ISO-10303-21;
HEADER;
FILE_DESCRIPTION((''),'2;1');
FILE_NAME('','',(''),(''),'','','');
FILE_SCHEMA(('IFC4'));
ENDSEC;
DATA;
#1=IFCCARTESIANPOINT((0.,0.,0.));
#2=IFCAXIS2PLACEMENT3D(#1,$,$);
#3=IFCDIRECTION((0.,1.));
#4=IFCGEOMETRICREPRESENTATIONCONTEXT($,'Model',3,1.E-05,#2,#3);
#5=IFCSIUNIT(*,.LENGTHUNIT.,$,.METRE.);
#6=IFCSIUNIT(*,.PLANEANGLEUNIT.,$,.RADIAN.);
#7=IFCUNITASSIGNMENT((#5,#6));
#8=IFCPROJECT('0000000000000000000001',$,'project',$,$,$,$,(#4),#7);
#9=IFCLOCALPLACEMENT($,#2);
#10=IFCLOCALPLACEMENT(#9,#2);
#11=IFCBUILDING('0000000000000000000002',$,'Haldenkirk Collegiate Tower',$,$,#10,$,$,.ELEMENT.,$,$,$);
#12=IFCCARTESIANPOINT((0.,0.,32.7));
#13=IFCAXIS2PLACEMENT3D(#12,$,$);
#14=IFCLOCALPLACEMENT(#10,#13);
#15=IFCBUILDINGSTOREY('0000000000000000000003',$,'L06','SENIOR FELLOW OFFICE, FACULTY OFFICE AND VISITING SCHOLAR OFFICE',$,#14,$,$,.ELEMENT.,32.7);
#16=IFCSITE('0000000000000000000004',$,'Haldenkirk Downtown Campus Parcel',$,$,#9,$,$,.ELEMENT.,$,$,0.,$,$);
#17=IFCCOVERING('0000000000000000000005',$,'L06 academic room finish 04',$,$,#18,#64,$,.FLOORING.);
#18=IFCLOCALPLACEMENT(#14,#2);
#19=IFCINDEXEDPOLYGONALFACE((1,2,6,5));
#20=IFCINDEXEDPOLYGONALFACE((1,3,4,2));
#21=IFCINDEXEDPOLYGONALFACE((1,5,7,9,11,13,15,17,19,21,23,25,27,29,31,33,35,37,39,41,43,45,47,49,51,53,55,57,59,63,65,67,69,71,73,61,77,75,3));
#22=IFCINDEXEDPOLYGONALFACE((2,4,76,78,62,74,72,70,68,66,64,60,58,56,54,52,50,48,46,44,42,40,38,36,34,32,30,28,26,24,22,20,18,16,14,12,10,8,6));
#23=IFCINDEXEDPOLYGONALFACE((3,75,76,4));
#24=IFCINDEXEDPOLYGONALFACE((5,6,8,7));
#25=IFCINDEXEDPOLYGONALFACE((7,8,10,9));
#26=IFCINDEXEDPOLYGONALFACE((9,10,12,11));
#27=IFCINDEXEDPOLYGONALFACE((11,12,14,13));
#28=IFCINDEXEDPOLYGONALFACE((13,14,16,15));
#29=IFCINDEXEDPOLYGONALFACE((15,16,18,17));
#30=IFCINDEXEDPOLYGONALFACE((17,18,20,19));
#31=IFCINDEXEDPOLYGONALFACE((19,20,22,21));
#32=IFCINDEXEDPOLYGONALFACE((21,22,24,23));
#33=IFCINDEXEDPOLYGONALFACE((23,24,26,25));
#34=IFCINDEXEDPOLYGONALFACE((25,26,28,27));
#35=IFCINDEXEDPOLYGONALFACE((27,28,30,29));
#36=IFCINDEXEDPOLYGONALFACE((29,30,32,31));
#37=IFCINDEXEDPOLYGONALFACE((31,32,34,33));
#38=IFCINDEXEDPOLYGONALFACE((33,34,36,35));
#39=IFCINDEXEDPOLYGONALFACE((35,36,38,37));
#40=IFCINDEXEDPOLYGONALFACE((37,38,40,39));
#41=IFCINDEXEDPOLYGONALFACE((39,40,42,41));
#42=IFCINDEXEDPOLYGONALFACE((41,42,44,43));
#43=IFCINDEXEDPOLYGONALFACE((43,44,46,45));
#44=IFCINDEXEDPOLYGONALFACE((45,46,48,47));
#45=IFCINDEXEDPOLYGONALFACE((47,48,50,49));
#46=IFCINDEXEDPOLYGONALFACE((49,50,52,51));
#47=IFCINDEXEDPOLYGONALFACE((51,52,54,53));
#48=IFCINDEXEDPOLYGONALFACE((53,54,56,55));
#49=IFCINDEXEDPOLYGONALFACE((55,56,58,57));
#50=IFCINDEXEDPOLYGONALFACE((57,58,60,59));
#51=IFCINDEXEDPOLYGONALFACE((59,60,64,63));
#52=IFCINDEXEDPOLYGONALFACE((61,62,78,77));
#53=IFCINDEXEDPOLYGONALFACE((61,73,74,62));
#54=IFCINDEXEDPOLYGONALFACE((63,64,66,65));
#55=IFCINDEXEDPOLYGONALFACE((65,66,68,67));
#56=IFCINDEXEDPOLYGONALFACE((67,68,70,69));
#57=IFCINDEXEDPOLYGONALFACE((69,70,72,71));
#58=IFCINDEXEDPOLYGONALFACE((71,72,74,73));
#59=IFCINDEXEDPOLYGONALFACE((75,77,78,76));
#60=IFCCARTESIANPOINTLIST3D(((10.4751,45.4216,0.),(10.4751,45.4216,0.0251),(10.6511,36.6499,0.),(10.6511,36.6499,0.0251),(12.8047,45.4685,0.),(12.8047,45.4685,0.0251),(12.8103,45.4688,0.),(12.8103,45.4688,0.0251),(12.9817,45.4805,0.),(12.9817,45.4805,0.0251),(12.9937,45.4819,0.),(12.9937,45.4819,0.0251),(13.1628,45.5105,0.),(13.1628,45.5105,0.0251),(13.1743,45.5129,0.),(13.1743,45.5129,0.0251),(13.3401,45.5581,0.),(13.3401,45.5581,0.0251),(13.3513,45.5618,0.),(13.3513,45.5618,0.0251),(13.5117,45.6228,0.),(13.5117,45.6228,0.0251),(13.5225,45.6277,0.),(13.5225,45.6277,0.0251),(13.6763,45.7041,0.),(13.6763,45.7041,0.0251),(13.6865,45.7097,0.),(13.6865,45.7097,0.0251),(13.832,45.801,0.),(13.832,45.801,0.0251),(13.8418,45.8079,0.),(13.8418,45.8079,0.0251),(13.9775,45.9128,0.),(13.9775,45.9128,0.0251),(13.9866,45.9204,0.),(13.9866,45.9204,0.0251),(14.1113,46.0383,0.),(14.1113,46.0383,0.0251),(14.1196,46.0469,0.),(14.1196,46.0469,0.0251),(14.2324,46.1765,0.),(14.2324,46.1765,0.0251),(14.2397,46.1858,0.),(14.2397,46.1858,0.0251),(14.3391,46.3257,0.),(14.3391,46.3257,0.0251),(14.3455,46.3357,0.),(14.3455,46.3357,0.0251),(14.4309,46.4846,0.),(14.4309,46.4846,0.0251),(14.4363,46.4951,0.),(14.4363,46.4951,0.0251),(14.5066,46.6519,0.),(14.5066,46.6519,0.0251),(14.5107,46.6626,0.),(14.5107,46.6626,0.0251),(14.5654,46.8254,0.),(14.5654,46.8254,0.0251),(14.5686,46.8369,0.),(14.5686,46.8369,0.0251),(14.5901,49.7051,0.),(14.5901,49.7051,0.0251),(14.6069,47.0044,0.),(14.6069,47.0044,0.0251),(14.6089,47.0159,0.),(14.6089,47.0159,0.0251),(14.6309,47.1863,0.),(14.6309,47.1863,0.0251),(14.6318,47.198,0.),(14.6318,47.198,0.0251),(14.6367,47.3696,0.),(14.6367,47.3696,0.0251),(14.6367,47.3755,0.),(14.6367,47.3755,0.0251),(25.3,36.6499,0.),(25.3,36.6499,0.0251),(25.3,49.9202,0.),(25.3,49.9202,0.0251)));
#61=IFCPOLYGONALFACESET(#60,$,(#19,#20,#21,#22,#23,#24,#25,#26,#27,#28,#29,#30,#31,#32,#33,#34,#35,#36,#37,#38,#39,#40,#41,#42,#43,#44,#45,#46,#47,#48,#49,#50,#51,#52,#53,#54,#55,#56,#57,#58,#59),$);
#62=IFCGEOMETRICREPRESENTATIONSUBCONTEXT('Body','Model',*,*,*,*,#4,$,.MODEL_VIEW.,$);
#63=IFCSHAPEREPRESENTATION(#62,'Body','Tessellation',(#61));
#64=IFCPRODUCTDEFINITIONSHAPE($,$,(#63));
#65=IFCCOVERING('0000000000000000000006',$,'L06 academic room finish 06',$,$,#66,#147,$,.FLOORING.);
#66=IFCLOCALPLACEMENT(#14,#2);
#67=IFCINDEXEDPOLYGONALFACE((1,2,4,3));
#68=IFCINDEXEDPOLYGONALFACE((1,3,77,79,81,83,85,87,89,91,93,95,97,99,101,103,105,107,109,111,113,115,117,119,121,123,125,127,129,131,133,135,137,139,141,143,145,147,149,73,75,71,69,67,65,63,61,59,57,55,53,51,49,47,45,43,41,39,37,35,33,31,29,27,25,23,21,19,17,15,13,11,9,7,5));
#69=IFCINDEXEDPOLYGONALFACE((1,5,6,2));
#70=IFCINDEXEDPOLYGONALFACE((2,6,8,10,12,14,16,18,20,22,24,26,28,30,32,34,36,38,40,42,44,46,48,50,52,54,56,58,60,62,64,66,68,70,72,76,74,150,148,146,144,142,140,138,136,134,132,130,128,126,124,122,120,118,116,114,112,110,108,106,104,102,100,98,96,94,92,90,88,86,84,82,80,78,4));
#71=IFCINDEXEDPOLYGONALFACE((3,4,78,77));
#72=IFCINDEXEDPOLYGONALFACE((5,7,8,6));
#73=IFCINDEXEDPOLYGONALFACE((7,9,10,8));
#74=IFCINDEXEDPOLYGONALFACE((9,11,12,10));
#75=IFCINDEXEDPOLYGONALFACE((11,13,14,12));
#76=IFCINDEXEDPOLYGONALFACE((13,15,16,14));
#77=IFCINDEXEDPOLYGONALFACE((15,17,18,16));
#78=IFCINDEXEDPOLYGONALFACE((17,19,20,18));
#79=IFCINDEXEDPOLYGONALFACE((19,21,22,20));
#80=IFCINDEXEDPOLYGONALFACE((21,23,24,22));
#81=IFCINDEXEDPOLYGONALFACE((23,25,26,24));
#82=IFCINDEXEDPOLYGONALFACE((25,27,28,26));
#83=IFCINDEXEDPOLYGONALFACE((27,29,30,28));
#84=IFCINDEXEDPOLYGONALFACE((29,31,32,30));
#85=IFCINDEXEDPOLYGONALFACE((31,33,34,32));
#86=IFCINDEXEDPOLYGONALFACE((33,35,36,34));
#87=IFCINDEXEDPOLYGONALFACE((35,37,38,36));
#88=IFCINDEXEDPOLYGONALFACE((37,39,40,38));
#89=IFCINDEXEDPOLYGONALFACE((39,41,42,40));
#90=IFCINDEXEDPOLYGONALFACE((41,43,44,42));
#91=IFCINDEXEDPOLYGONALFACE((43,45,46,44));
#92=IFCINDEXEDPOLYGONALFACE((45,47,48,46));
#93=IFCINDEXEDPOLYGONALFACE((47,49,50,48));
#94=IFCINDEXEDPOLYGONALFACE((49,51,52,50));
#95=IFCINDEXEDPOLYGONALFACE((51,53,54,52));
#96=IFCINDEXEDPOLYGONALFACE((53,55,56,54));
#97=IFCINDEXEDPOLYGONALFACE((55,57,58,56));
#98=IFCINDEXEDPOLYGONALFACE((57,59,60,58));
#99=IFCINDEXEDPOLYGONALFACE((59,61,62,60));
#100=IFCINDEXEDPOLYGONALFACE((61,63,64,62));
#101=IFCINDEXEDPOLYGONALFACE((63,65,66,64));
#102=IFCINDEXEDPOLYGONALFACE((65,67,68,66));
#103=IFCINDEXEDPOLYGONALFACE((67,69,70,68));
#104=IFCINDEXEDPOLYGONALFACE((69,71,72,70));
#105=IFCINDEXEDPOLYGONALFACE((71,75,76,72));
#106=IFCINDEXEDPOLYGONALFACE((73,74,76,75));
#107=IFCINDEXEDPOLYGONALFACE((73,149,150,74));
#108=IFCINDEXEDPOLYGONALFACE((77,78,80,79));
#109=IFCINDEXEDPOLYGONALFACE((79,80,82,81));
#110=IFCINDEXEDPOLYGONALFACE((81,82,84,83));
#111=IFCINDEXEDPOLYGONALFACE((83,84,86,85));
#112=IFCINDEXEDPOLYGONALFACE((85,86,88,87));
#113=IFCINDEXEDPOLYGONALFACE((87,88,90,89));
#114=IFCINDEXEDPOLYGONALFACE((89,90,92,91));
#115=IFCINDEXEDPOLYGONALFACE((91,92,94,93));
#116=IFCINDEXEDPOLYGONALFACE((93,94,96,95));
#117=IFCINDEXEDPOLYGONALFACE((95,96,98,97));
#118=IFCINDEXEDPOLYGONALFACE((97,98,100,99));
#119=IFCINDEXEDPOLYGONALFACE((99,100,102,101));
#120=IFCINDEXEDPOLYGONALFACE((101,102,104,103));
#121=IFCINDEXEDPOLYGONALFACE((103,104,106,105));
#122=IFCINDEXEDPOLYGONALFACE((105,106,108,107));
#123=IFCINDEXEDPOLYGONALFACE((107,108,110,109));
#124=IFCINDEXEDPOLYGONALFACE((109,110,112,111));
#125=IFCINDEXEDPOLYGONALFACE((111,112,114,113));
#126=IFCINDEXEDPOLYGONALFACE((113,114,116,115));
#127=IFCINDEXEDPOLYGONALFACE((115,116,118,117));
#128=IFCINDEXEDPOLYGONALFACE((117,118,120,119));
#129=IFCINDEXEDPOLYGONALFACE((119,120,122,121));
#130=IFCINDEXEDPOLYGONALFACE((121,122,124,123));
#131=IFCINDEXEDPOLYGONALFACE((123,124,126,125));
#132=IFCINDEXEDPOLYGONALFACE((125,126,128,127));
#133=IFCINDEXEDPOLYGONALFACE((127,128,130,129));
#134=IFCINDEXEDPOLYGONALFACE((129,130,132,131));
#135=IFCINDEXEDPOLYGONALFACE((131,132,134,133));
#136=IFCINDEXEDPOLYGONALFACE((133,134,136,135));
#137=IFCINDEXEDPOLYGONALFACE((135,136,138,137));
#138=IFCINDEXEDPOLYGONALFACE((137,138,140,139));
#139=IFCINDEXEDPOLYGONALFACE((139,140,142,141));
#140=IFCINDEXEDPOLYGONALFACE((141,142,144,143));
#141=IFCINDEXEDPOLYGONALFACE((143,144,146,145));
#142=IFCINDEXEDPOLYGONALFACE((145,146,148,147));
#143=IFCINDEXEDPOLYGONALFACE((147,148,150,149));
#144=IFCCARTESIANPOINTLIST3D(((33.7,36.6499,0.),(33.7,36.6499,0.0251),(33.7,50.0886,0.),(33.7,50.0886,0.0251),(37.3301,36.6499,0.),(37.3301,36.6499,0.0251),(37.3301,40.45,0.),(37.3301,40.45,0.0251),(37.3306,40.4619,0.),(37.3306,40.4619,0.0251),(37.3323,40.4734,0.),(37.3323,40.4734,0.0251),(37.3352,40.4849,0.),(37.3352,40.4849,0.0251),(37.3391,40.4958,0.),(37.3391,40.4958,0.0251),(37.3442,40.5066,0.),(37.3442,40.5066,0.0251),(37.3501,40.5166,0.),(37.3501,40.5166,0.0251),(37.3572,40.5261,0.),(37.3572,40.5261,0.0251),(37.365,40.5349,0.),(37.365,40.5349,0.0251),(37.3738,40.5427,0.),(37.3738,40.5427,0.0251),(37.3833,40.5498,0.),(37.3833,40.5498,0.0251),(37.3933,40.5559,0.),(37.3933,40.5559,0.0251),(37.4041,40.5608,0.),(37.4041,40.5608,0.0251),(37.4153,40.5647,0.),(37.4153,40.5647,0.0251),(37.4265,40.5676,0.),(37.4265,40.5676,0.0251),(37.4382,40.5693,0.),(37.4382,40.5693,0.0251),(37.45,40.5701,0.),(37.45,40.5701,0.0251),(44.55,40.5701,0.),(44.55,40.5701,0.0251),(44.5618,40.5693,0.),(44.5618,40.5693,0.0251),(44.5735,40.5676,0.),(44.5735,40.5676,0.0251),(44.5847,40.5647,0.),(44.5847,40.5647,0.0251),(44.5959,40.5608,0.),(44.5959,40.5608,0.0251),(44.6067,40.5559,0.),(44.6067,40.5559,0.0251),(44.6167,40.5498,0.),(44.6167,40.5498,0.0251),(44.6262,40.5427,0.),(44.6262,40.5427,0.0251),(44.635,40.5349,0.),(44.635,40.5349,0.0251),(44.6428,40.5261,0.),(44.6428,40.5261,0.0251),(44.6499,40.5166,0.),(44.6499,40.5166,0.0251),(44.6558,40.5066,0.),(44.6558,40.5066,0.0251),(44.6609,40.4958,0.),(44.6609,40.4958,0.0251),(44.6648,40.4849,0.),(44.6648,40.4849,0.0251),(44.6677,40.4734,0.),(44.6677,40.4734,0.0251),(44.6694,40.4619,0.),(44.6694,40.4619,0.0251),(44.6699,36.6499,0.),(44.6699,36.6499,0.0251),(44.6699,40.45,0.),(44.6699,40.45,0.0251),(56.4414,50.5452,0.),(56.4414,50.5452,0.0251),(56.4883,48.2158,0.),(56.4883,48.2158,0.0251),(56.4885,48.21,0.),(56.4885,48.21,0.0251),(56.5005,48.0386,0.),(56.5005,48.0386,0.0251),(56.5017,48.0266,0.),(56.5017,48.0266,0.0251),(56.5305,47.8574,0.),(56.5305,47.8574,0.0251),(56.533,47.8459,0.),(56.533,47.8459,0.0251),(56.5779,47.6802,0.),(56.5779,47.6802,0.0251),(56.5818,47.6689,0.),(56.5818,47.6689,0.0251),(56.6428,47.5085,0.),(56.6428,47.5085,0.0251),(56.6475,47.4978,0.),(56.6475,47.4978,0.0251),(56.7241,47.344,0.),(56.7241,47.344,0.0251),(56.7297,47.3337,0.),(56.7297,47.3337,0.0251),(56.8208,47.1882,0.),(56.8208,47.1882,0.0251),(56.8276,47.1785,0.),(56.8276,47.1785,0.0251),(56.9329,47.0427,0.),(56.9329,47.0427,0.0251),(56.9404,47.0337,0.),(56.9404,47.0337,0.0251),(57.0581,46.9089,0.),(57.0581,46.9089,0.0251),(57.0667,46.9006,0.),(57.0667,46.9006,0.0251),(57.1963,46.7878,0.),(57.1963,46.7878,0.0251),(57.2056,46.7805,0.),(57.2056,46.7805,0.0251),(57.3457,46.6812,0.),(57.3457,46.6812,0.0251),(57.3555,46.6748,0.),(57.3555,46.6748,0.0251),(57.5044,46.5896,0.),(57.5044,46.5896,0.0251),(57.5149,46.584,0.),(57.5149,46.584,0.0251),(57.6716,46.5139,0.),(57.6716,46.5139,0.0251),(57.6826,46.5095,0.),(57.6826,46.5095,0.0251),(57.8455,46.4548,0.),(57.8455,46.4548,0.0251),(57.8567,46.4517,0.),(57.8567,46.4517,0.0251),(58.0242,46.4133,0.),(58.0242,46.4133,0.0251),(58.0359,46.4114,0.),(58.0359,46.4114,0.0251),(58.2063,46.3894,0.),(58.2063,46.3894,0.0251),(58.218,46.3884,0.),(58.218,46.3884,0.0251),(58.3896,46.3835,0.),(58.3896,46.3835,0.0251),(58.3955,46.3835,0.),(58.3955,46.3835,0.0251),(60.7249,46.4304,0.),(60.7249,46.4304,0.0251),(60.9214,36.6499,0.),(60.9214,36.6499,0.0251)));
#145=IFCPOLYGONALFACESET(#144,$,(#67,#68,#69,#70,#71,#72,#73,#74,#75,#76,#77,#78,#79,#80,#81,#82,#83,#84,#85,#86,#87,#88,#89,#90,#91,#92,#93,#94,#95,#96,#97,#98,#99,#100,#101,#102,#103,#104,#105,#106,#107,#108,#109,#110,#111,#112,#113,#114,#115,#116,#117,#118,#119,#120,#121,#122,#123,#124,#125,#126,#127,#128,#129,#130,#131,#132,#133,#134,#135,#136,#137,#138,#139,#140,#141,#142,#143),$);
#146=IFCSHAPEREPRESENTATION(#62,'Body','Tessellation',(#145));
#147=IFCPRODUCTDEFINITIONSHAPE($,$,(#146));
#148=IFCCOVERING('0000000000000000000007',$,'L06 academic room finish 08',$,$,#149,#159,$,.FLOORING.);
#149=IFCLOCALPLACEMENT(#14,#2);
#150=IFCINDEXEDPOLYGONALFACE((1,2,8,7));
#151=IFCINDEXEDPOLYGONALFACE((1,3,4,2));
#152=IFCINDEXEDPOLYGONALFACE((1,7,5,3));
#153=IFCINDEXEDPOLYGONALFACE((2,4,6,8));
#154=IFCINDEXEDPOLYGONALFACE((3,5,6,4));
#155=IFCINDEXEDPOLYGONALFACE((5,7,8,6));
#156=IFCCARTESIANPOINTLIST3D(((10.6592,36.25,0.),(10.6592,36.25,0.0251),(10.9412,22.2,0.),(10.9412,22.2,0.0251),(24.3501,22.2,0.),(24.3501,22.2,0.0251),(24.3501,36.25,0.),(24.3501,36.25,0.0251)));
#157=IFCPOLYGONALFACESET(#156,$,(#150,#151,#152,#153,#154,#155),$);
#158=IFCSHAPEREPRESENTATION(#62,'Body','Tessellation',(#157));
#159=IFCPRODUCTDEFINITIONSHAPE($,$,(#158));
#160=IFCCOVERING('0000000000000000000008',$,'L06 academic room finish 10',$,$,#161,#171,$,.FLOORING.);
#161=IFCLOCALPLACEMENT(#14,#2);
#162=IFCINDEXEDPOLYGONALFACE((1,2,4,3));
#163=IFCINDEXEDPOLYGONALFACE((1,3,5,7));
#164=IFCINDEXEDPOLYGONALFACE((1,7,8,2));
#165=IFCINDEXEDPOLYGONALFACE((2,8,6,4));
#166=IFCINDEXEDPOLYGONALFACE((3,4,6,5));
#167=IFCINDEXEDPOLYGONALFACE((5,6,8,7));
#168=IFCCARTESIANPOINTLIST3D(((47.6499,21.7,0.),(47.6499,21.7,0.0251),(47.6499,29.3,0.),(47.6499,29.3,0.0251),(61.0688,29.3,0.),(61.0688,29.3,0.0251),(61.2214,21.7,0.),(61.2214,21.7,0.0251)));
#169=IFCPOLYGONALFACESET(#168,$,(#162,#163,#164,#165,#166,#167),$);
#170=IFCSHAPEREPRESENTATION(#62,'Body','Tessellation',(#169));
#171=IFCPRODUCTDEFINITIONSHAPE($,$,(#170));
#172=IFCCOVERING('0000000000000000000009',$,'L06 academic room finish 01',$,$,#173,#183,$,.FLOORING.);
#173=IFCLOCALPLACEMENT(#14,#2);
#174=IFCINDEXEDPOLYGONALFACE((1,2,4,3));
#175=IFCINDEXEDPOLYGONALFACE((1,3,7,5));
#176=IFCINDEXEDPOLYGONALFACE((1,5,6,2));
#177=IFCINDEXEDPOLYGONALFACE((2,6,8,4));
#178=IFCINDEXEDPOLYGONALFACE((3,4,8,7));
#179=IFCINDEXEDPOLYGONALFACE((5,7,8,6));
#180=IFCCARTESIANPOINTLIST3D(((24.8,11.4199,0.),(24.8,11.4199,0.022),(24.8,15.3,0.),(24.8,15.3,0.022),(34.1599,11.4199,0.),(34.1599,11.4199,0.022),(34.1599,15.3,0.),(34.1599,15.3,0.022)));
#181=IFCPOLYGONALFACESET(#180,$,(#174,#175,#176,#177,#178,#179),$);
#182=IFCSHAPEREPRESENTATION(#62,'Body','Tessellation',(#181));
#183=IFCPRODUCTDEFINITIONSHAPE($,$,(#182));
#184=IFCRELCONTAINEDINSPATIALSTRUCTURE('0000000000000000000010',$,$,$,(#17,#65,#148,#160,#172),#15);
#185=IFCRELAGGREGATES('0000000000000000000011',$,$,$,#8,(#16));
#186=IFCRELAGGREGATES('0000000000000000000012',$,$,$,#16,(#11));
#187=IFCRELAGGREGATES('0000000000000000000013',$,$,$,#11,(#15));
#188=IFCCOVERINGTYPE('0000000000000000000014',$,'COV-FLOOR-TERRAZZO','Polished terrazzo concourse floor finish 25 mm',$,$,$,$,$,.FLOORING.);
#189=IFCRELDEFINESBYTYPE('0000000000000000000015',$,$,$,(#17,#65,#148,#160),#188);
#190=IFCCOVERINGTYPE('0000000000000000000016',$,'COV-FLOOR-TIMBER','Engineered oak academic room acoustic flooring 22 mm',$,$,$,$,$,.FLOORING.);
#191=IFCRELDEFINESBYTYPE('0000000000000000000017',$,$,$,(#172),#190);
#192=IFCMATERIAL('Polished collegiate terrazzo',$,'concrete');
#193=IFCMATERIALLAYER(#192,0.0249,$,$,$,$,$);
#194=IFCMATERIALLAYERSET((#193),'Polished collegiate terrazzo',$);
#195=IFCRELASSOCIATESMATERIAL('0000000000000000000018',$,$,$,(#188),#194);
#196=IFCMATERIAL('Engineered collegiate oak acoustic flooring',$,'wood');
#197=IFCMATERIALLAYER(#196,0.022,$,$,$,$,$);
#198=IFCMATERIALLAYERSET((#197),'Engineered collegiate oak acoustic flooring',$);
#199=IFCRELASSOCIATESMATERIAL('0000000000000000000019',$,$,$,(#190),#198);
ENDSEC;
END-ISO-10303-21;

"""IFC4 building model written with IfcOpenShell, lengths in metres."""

from ifc_helpers import new_model, si_unit, direction, frame, origin, place, context, subcontext, project, spatial, polyline, outline, extrude, material, layer, layer_set, type_object, element, save


model = new_model("IFC4")

# Units and contexts
model_context = context("Model", 3, precision=1e-05, world=origin(), true_north=direction((0.0, 1.0)))
body_context = subcontext(model_context, "Body", "Model", "MODEL_VIEW")
ifc_project = project(units=[si_unit("LENGTHUNIT", "METRE"), si_unit("PLANEANGLEUNIT", "RADIAN")], contexts=[model_context])

# Site, building, storey
site_placement = place(None, origin())
site = spatial("IfcSite", under=ifc_project, at=site_placement, Name="Haldenkirk Downtown Campus Parcel", CompositionType="ELEMENT", RefElevation=0.0)
building_placement = place(site_placement, origin())
building = spatial("IfcBuilding", under=site, at=building_placement, Name="Haldenkirk Collegiate Tower", CompositionType="ELEMENT")
storey_placement = place(building_placement, frame((0.0, 0.0, 32.7)))
storey = spatial("IfcBuildingStorey", under=building, at=storey_placement, Name="L06", Description="SENIOR FELLOW OFFICE, FACULTY OFFICE AND VISITING SCHOLAR OFFICE", CompositionType="ELEMENT", Elevation=32.7)

# Coverings
ifc_material_1 = material(Name="Polished collegiate terrazzo", Category="concrete")
ifc_layer_1 = layer(ifc_material_1, 0.0249)
ifc_layer_set_1 = layer_set([ifc_layer_1], Name="Polished collegiate terrazzo")
covering_type_1 = type_object("IfcCoveringType", Name="COV-FLOOR-TERRAZZO", Description="Polished terrazzo concourse floor finish 25 mm", PredefinedType="FLOORING", material=ifc_layer_set_1)
covering_1_placement = place(storey_placement, origin())
element("IfcCovering", 1, at=covering_1_placement, inside=storey, type_object=covering_type_1, Name="L06 academic room finish 04", PredefinedType="FLOORING", context=body_context, shape_type="SweptSolid", body=[
    extrude(outline(polyline([(12.8047, 45.4685), (12.8103, 45.4688), (12.9817, 45.4805), (12.9937, 45.4819), (13.1628, 45.5105), (13.1743, 45.5129), (13.3401, 45.5581), (13.3513, 45.5618), (13.5117, 45.6228), (13.5225, 45.6277), (13.6763, 45.7041), (13.6865, 45.7097), (13.832, 45.801), (13.8418, 45.8079), (13.9775, 45.9128), (13.9866, 45.9204), (14.1113, 46.0383), (14.1196, 46.0469), (14.2324, 46.1765), (14.2397, 46.1858), (14.3391, 46.3257), (14.3455, 46.3357), (14.4309, 46.4846), (14.4363, 46.4951), (14.5066, 46.6519), (14.5107, 46.6626), (14.5654, 46.8254), (14.5686, 46.8369), (14.6069, 47.0044), (14.6089, 47.0159), (14.6309, 47.1863), (14.6318, 47.198), (14.6367, 47.3696), (14.6367, 47.3755), (14.5901, 49.7051), (25.3, 49.9202), (25.3, 36.6499), (10.6511, 36.6499), (10.4751, 45.4216), (12.8047, 45.4685)])), origin(), (0.0, 0.0, 1.0), 0.0251),
])
covering_2_placement = place(storey_placement, origin())
element("IfcCovering", 2, at=covering_2_placement, inside=storey, type_object=covering_type_1, Name="L06 academic room finish 06", PredefinedType="FLOORING", context=body_context, shape_type="SweptSolid", body=[
    extrude(outline(polyline([(56.4414, 50.5452), (56.4883, 48.2158), (56.4885, 48.21), (56.5005, 48.0386), (56.5017, 48.0266), (56.5305, 47.8574), (56.533, 47.8459), (56.5779, 47.6802), (56.5818, 47.6689), (56.6428, 47.5085), (56.6475, 47.4978), (56.7241, 47.344), (56.7297, 47.3337), (56.8208, 47.1882), (56.8276, 47.1785), (56.9329, 47.0427), (56.9404, 47.0337), (57.0581, 46.9089), (57.0667, 46.9006), (57.1963, 46.7878), (57.2056, 46.7805), (57.3457, 46.6812), (57.3555, 46.6748), (57.5044, 46.5896), (57.5149, 46.584), (57.6716, 46.5139), (57.6826, 46.5095), (57.8455, 46.4548), (57.8567, 46.4517), (58.0242, 46.4133), (58.0359, 46.4114), (58.2063, 46.3894), (58.218, 46.3884), (58.3896, 46.3835), (58.3955, 46.3835), (60.7249, 46.4304), (60.9214, 36.6499), (44.6699, 36.6499), (44.6699, 40.45), (44.6694, 40.4619), (44.6677, 40.4734), (44.6648, 40.4849), (44.6609, 40.4958), (44.6558, 40.5066), (44.6499, 40.5166), (44.6428, 40.5261), (44.635, 40.5349), (44.6262, 40.5427), (44.6167, 40.5498), (44.6067, 40.5559), (44.5959, 40.5608), (44.5847, 40.5647), (44.5735, 40.5676), (44.5618, 40.5693), (44.55, 40.5701), (37.45, 40.5701), (37.4382, 40.5693), (37.4265, 40.5676), (37.4153, 40.5647), (37.4041, 40.5608), (37.3933, 40.5559), (37.3833, 40.5498), (37.3738, 40.5427), (37.365, 40.5349), (37.3572, 40.5261), (37.3501, 40.5166), (37.3442, 40.5066), (37.3391, 40.4958), (37.3352, 40.4849), (37.3323, 40.4734), (37.3306, 40.4619), (37.3301, 40.45), (37.3301, 36.6499), (33.7, 36.6499), (33.7, 50.0886), (56.4414, 50.5452)])), origin(), (0.0, 0.0, 1.0), 0.0251),
])
covering_3_placement = place(storey_placement, origin())
element("IfcCovering", 3, at=covering_3_placement, inside=storey, type_object=covering_type_1, Name="L06 academic room finish 08", PredefinedType="FLOORING", context=body_context, shape_type="SweptSolid", body=[
    extrude(outline(polyline([(10.6592, 36.25), (24.3501, 36.25), (24.3501, 22.2), (10.9412, 22.2), (10.6592, 36.25)])), origin(), (0.0, 0.0, 1.0), 0.0251),
])
covering_4_placement = place(storey_placement, origin())
element("IfcCovering", 4, at=covering_4_placement, inside=storey, type_object=covering_type_1, Name="L06 academic room finish 10", PredefinedType="FLOORING", context=body_context, shape_type="SweptSolid", body=[
    extrude(outline(polyline([(61.2214, 21.7), (47.6499, 21.7), (47.6499, 29.3), (61.0688, 29.3), (61.2214, 21.7)])), origin(), (0.0, 0.0, 1.0), 0.0251),
])
ifc_material_2 = material(Name="Engineered collegiate oak acoustic flooring", Category="wood")
ifc_layer_2 = layer(ifc_material_2, 0.022)
ifc_layer_set_2 = layer_set([ifc_layer_2], Name="Engineered collegiate oak acoustic flooring")
covering_type_2 = type_object("IfcCoveringType", Name="COV-FLOOR-TIMBER", Description="Engineered oak academic room acoustic flooring 22 mm", PredefinedType="FLOORING", material=ifc_layer_set_2)
covering_5_placement = place(storey_placement, origin())
element("IfcCovering", 5, at=covering_5_placement, inside=storey, type_object=covering_type_2, Name="L06 academic room finish 01", PredefinedType="FLOORING", context=body_context, shape_type="SweptSolid", body=[
    extrude(outline(polyline([(24.8, 11.4199), (24.8, 15.3), (34.1599, 15.3), (34.1599, 11.4199), (24.8, 11.4199)])), origin(), (0.0, 0.0, 1.0), 0.022),
])

save(model, "model.ifc")
